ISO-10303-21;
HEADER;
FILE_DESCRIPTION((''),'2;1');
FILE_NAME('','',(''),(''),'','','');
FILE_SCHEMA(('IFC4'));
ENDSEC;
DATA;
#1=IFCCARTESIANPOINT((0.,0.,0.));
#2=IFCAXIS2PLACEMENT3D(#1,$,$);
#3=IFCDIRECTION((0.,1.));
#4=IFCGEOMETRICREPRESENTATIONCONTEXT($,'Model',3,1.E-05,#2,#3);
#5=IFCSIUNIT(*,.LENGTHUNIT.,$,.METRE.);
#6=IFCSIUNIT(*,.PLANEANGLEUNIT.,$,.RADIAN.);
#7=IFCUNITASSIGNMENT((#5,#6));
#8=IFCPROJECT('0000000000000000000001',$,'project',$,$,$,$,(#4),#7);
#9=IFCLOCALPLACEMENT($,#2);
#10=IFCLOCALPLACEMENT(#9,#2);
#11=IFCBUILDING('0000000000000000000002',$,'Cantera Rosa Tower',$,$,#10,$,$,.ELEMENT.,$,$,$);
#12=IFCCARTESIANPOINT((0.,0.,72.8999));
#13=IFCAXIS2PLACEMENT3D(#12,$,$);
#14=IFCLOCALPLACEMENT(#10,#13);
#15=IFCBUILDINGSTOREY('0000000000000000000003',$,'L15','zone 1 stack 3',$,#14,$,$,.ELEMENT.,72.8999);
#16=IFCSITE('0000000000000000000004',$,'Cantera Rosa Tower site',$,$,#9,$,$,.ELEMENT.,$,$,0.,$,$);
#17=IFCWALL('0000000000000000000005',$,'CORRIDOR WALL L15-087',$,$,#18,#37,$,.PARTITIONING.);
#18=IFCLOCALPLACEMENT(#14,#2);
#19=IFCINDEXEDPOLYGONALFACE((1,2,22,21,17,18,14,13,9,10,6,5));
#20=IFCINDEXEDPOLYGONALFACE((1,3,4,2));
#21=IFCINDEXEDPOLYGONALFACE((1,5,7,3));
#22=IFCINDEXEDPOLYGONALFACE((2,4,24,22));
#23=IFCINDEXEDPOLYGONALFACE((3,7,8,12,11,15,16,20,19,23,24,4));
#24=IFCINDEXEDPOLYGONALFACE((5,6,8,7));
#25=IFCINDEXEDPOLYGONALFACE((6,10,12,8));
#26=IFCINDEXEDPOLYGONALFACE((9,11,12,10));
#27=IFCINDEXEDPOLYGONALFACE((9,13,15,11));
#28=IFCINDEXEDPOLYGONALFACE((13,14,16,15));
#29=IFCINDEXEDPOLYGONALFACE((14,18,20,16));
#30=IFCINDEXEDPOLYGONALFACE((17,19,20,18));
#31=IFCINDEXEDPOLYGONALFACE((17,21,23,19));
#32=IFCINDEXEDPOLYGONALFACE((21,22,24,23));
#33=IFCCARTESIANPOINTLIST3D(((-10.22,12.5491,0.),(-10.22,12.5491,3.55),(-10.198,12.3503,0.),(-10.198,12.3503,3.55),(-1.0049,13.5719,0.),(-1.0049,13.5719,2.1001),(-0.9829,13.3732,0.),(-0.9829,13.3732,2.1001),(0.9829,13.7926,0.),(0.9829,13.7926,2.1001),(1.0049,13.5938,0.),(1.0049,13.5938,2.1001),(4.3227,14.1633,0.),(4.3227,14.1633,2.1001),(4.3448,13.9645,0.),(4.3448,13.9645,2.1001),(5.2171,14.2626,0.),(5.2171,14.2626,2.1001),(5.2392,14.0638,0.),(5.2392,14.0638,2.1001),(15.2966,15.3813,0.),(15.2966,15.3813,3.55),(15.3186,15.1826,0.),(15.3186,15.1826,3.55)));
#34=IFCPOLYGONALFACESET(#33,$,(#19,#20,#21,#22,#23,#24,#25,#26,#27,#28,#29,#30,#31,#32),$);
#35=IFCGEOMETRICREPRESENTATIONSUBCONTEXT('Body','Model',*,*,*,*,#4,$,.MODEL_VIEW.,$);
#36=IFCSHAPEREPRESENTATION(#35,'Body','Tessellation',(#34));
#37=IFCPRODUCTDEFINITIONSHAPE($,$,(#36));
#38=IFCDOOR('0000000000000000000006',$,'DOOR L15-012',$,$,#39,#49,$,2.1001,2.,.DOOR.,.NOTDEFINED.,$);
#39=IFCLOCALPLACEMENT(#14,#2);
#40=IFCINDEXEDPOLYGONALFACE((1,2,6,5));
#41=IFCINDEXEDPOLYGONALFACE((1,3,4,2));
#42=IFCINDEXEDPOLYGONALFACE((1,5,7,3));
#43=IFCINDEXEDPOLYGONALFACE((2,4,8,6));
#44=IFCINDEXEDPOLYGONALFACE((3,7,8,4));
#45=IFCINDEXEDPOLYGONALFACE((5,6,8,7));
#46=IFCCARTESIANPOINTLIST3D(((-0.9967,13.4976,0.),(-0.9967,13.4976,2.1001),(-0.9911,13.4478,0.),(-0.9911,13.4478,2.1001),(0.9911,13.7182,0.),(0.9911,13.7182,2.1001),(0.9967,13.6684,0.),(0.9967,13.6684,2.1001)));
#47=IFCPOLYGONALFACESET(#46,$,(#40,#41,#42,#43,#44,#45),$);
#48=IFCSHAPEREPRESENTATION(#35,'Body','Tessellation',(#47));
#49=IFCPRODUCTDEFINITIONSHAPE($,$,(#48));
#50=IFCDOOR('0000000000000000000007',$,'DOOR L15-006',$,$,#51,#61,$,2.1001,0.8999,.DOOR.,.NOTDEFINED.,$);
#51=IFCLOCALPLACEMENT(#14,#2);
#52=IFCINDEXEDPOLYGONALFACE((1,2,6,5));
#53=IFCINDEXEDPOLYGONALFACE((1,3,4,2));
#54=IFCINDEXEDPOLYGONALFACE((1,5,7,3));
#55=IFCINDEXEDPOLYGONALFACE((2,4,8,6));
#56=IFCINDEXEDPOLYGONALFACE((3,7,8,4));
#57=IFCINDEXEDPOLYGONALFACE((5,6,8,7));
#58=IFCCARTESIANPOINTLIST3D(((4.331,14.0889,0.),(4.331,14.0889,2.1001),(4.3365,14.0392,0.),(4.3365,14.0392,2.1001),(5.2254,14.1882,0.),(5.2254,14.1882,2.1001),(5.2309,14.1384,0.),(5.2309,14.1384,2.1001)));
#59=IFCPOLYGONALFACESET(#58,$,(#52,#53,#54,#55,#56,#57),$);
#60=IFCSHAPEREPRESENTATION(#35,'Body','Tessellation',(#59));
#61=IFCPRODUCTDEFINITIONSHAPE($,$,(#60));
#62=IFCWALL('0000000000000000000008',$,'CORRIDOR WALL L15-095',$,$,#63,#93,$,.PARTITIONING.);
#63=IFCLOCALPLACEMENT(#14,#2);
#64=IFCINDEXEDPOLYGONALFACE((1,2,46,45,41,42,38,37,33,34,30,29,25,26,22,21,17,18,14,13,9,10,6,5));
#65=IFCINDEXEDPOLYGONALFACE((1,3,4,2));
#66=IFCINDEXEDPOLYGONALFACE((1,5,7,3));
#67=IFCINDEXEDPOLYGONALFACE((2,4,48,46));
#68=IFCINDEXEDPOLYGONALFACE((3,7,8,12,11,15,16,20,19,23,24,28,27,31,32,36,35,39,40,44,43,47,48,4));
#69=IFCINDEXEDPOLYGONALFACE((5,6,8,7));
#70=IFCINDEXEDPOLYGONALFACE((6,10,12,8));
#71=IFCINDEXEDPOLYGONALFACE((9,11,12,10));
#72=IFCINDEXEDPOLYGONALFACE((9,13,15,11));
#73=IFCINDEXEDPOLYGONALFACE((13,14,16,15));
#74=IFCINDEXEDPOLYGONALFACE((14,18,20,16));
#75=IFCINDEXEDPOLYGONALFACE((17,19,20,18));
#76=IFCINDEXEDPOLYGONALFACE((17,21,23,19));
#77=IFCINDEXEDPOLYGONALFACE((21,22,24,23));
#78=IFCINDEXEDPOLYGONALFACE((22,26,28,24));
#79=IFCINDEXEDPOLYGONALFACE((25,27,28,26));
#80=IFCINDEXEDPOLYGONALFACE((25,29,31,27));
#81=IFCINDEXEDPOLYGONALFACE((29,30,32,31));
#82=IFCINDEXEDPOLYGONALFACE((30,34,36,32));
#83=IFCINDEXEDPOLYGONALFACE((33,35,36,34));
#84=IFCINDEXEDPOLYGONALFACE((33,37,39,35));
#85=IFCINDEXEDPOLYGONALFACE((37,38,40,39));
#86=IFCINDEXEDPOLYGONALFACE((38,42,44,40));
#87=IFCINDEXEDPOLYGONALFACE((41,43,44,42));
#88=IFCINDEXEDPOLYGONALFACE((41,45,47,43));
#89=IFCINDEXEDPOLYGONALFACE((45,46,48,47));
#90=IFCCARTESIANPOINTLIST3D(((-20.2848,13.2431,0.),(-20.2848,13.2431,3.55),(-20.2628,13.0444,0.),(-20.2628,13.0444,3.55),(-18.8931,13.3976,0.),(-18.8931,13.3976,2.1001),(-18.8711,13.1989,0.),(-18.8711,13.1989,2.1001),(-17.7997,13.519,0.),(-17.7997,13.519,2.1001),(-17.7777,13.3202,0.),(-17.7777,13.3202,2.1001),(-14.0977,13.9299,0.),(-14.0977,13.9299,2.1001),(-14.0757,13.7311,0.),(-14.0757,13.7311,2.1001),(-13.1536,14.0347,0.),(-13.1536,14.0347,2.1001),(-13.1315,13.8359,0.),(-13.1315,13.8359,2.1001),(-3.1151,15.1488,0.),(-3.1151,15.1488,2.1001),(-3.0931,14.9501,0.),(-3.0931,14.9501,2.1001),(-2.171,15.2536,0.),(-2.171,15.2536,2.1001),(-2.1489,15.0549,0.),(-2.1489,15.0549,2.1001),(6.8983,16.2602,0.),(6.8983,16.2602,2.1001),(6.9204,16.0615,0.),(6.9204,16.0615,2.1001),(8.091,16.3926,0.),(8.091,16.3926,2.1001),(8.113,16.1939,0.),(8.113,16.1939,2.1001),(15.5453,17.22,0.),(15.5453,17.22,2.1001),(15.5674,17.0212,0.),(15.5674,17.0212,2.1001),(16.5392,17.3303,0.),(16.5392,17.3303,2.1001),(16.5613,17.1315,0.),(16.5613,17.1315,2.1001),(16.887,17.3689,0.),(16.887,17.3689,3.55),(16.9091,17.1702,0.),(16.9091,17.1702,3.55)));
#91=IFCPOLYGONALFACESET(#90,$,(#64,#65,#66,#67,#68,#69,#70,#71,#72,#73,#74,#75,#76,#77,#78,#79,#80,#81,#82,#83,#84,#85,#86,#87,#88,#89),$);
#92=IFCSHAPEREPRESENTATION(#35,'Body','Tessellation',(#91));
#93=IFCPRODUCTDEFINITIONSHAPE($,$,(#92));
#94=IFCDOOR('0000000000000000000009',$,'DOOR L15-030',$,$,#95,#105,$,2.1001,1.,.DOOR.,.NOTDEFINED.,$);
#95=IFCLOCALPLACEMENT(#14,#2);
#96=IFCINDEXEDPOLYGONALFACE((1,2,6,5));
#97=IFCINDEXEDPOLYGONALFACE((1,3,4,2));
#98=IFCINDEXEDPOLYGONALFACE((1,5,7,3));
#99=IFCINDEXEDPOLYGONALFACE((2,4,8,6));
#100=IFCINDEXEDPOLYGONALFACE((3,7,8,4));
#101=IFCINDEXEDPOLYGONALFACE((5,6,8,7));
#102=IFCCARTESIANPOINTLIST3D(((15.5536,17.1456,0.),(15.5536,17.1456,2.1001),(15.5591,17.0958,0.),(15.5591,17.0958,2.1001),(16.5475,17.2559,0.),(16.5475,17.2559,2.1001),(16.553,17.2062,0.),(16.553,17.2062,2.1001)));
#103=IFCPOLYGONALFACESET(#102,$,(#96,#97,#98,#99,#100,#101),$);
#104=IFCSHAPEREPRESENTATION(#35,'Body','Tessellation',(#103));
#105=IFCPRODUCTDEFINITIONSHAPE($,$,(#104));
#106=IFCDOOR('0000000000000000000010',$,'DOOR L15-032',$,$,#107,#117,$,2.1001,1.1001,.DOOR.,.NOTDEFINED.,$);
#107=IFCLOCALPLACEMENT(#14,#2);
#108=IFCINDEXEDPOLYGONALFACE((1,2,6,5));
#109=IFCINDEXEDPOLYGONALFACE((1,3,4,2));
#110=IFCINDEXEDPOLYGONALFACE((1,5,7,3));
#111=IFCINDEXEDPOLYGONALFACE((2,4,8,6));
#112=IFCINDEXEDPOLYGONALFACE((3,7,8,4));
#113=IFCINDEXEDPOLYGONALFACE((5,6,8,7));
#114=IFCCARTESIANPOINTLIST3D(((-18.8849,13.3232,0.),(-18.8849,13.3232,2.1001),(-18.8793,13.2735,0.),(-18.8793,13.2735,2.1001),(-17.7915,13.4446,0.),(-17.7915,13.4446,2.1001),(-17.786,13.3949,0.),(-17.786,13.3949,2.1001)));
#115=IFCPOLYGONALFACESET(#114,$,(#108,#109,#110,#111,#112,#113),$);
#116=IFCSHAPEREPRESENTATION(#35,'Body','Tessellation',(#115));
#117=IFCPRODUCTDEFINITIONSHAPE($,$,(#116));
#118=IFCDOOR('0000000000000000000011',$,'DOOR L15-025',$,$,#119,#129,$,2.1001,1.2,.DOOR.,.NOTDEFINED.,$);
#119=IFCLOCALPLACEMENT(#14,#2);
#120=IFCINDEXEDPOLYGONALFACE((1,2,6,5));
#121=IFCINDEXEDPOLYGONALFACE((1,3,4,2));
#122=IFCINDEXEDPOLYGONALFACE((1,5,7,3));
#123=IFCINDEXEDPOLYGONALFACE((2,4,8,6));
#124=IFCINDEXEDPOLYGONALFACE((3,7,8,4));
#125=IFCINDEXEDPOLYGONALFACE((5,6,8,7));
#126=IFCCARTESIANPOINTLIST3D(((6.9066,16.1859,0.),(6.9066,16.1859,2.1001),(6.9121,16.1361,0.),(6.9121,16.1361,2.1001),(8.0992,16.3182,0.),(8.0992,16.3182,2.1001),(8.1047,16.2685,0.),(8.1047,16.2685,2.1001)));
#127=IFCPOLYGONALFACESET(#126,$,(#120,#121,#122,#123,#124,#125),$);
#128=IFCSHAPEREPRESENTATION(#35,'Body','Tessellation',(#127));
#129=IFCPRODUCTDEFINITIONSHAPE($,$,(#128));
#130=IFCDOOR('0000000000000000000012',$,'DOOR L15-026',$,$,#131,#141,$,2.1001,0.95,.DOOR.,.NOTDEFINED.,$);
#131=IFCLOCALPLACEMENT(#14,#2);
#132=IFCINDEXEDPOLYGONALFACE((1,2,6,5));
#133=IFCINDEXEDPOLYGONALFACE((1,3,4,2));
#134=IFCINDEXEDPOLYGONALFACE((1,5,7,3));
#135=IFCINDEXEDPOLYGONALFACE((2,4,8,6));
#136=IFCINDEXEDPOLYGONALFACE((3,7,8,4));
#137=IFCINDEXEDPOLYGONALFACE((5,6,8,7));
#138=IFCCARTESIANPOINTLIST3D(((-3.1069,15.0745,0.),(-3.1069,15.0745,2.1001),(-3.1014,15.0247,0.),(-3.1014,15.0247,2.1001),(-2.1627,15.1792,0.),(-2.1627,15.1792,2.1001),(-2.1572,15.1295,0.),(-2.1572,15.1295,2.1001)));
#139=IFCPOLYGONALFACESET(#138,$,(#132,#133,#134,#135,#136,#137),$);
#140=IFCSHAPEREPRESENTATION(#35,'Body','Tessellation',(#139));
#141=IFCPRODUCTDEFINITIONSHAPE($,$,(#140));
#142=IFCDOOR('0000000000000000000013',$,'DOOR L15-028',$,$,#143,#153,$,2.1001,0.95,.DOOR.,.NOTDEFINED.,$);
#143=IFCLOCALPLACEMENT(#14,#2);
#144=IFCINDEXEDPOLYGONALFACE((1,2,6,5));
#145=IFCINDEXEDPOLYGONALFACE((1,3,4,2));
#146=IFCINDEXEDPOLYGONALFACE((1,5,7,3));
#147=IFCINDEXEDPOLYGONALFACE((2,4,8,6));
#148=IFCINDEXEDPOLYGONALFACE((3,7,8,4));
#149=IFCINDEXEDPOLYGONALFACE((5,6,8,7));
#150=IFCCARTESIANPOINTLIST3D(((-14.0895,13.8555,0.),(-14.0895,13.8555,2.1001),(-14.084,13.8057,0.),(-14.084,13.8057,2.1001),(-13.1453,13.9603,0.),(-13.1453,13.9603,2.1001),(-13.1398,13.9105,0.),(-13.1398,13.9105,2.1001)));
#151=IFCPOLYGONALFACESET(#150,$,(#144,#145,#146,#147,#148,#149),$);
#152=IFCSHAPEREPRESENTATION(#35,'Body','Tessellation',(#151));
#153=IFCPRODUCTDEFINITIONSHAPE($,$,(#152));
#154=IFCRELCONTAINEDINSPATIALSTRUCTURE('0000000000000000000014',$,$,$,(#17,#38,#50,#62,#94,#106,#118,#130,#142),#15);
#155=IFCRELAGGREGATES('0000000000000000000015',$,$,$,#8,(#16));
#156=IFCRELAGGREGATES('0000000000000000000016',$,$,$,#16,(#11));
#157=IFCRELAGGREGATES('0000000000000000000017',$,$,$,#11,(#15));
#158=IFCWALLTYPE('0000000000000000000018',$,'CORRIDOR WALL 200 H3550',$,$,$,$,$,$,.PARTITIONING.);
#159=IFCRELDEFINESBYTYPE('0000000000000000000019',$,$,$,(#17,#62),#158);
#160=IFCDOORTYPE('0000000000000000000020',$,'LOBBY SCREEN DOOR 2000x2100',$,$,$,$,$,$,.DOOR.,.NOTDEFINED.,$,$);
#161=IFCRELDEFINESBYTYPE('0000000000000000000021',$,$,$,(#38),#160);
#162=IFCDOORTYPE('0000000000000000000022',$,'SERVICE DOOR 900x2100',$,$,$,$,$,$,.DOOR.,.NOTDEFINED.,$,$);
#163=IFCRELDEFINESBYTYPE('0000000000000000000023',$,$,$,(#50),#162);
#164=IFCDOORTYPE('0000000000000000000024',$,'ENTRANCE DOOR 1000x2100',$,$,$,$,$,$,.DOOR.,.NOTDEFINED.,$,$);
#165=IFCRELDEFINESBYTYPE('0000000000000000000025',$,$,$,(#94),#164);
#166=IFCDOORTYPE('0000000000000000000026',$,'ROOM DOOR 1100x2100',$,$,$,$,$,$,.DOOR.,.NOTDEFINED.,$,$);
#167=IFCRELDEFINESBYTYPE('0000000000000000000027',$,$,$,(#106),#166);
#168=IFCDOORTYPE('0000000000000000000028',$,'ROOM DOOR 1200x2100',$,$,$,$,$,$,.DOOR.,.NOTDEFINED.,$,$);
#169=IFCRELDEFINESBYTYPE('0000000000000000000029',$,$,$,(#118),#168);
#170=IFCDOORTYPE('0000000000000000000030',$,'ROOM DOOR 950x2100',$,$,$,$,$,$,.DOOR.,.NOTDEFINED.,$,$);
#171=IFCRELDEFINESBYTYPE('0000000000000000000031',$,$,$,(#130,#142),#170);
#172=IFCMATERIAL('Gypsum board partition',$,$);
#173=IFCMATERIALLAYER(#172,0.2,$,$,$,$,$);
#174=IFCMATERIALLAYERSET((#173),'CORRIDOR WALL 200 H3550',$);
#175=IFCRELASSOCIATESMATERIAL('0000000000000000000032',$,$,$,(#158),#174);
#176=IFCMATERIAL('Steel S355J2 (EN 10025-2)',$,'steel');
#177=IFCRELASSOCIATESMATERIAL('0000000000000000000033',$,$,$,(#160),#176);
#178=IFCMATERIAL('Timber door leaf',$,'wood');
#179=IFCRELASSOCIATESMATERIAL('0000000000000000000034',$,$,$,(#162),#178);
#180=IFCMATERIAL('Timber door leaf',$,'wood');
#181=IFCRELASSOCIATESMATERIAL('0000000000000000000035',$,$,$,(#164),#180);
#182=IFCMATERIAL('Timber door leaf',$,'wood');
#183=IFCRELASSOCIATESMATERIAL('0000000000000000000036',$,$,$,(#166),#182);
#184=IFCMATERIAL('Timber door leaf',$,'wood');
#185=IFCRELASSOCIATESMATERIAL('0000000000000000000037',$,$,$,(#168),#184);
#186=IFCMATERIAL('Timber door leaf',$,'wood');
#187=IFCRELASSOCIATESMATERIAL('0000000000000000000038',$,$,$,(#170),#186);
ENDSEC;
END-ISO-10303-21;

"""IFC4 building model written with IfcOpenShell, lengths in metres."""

from ifc_helpers import new_model, si_unit, direction, frame, frame_2d, origin, place, context, subcontext, project, spatial, rectangle, extrude, material, layer, layer_set, type_object, element, fill, save


model = new_model("IFC4")

# Units and contexts
model_context = context("Model", 3, precision=1e-05, world=origin(), true_north=direction((0.0, 1.0)))
body_context = subcontext(model_context, "Body", "Model", "MODEL_VIEW")
ifc_project = project(units=[si_unit("LENGTHUNIT", "METRE"), si_unit("PLANEANGLEUNIT", "RADIAN")], contexts=[model_context])

# Site, building, storey
site_placement = place(None, origin())
site = spatial("IfcSite", under=ifc_project, at=site_placement, Name="Cantera Rosa Tower site", CompositionType="ELEMENT", RefElevation=0.0)
building_placement = place(site_placement, origin())
building = spatial("IfcBuilding", under=site, at=building_placement, Name="Cantera Rosa Tower", CompositionType="ELEMENT")
storey_placement = place(building_placement, frame((0.0, 0.0, 72.8999)))
storey = spatial("IfcBuildingStorey", under=building, at=storey_placement, Name="L15", Description="zone 1 stack 3", CompositionType="ELEMENT", Elevation=72.8999)

# Walls, openings, doors
ifc_material_1 = material(Name="Gypsum board partition")
ifc_layer_1 = layer(ifc_material_1, 0.2)
ifc_layer_set_1 = layer_set([ifc_layer_1], Name="CORRIDOR WALL 200 H3550")
wall_type_1 = type_object("IfcWallType", Name="CORRIDOR WALL 200 H3550", PredefinedType="PARTITIONING", material=ifc_layer_set_1)
wall_1_placement = place(storey_placement, frame((15.3076, 15.282, 0.0), z_axis=(0.0, 0.0, 1.0), x_axis=(-0.993896, -0.11032, 0.0)))
wall_1 = element("IfcWall", 1, at=wall_1_placement, inside=storey, type_object=wall_type_1, Name="CORRIDOR WALL L15-087", PredefinedType="PARTITIONING", context=body_context, shape_type="SweptSolid", body=[
    extrude(rectangle(XDim=25.6733, YDim=0.2, at=frame_2d((12.8367, 0.0))), origin(), (0.0, 0.0, 1.0), 3.55),
])
opening_1_placement = place(wall_1_placement, frame((10.1414, 0.0, 0.0)))
opening_1 = element("IfcOpeningElement", 2, at=opening_1_placement, cuts=wall_1, PredefinedType="OPENING", context=body_context, shape_type="SweptSolid", body=[
    extrude(rectangle(XDim=0.8999, YDim=2.1001, at=frame_2d((0.45, 1.05))), frame((0.0, 0.1099, 0.0), z_axis=(0.0, -1.0, 0.0), x_axis=(1.0, 0.0, 0.0)), (0.0, 0.0, 1.0), 0.22),
])
opening_2_placement = place(wall_1_placement, frame((14.4016, 0.0, 0.0)))
opening_2 = element("IfcOpeningElement", 3, at=opening_2_placement, cuts=wall_1, PredefinedType="OPENING", context=body_context, shape_type="SweptSolid", body=[
    extrude(rectangle(XDim=2.0, YDim=2.1001, at=frame_2d((1.0, 1.05))), frame((0.0, 0.1099, 0.0), z_axis=(0.0, -1.0, 0.0), x_axis=(1.0, 0.0, 0.0)), (0.0, 0.0, 1.0), 0.22),
])
ifc_material_2 = material(Name="Steel S355J2 (EN 10025-2)", Category="steel")
door_type_1 = type_object("IfcDoorType", Name="LOBBY SCREEN DOOR 2000x2100", OperationType="NOTDEFINED", PredefinedType="DOOR", material=ifc_material_2)
door_1_placement = place(opening_2_placement, origin())
door_1 = element("IfcDoor", 4, at=door_1_placement, inside=storey, type_object=door_type_1, Name="DOOR L15-012", OperationType="NOTDEFINED", OverallHeight=2.1001, OverallWidth=2.0, PredefinedType="DOOR", context=body_context, shape_type="SweptSolid", body=[
    extrude(rectangle(XDim=2.0, YDim=2.1001, at=frame_2d((1.0, 1.05))), frame((0.0, 0.0249, 0.0), z_axis=(0.0, -1.0, 0.0), x_axis=(1.0, 0.0, 0.0)), (0.0, 0.0, 1.0), 0.05),
])
fill(opening_2, door_1)
ifc_material_3 = material(Name="Timber door leaf", Category="wood")
door_type_2 = type_object("IfcDoorType", Name="SERVICE DOOR 900x2100", OperationType="NOTDEFINED", PredefinedType="DOOR", material=ifc_material_3)
door_2_placement = place(opening_1_placement, origin())
door_2 = element("IfcDoor", 5, at=door_2_placement, inside=storey, type_object=door_type_2, Name="DOOR L15-006", OperationType="NOTDEFINED", OverallHeight=2.1001, OverallWidth=0.8999, PredefinedType="DOOR", context=body_context, shape_type="SweptSolid", body=[
    extrude(rectangle(XDim=0.8999, YDim=2.1001, at=frame_2d((0.45, 1.05))), frame((0.0, 0.0249, 0.0), z_axis=(0.0, -1.0, 0.0), x_axis=(1.0, 0.0, 0.0)), (0.0, 0.0, 1.0), 0.05),
])
fill(opening_1, door_2)
wall_2_placement = place(storey_placement, frame((16.8982, 17.2695, 0.0), z_axis=(0.0, 0.0, 1.0), x_axis=(-0.993897, -0.110313, 0.0)))
wall_2 = element("IfcWall", 6, at=wall_2_placement, inside=storey, type_object=wall_type_1, Name="CORRIDOR WALL L15-095", PredefinedType="PARTITIONING", context=body_context, shape_type="SweptSolid", body=[
    extrude(rectangle(XDim=37.4001, YDim=0.2, at=frame_2d((18.7002, 0.0))), origin(), (0.0, 0.0, 1.0), 3.55),
])
opening_3_placement = place(wall_2_placement, frame((8.8501, 0.0, 0.0)))
opening_3 = element("IfcOpeningElement", 7, at=opening_3_placement, cuts=wall_2, PredefinedType="OPENING", context=body_context, shape_type="SweptSolid", body=[
    extrude(rectangle(XDim=1.2, YDim=2.1001, at=frame_2d((0.6001, 1.05))), frame((0.0, 0.1099, 0.0), z_axis=(0.0, -1.0, 0.0), x_axis=(1.0, 0.0, 0.0)), (0.0, 0.0, 1.0), 0.22),
])
opening_4_placement = place(wall_2_placement, frame((19.175, 0.0, 0.0)))
opening_4 = element("IfcOpeningElement", 8, at=opening_4_placement, cuts=wall_2, PredefinedType="OPENING", context=body_context, shape_type="SweptSolid", body=[
    extrude(rectangle(XDim=0.95, YDim=2.1001, at=frame_2d((0.4751, 1.05))), frame((0.0, 0.1099, 0.0), z_axis=(0.0, -1.0, 0.0), x_axis=(1.0, 0.0, 0.0)), (0.0, 0.0, 1.0), 0.22),
])
opening_5_placement = place(wall_2_placement, frame((30.2251, 0.0, 0.0)))
opening_5 = element("IfcOpeningElement", 9, at=opening_5_placement, cuts=wall_2, PredefinedType="OPENING", context=body_context, shape_type="SweptSolid", body=[
    extrude(rectangle(XDim=0.95, YDim=2.1001, at=frame_2d((0.4751, 1.05))), frame((0.0, 0.1099, 0.0), z_axis=(0.0, -1.0, 0.0), x_axis=(1.0, 0.0, 0.0)), (0.0, 0.0, 1.0), 0.22),
])
opening_6_placement = place(wall_2_placement, frame((0.3501, 0.0, 0.0)))
opening_6 = element("IfcOpeningElement", 10, at=opening_6_placement, cuts=wall_2, PredefinedType="OPENING", context=body_context, shape_type="SweptSolid", body=[
    extrude(rectangle(XDim=1.0, YDim=2.1001, at=frame_2d((0.5, 1.05))), frame((0.0, 0.1099, 0.0), z_axis=(0.0, -1.0, 0.0), x_axis=(1.0, 0.0, 0.0)), (0.0, 0.0, 1.0), 0.22),
])
opening_7_placement = place(wall_2_placement, frame((34.8999, 0.0, 0.0)))
opening_7 = element("IfcOpeningElement", 11, at=opening_7_placement, cuts=wall_2, PredefinedType="OPENING", context=body_context, shape_type="SweptSolid", body=[
    extrude(rectangle(XDim=1.1001, YDim=2.1001, at=frame_2d((0.55, 1.05))), frame((0.0, 0.1099, 0.0), z_axis=(0.0, -1.0, 0.0), x_axis=(1.0, 0.0, 0.0)), (0.0, 0.0, 1.0), 0.22),
])
ifc_material_4 = material(Name="Timber door leaf", Category="wood")
door_type_3 = type_object("IfcDoorType", Name="ENTRANCE DOOR 1000x2100", OperationType="NOTDEFINED", PredefinedType="DOOR", material=ifc_material_4)
door_3_placement = place(opening_6_placement, origin())
door_3 = element("IfcDoor", 12, at=door_3_placement, inside=storey, type_object=door_type_3, Name="DOOR L15-030", OperationType="NOTDEFINED", OverallHeight=2.1001, OverallWidth=1.0, PredefinedType="DOOR", context=body_context, shape_type="SweptSolid", body=[
    extrude(rectangle(XDim=1.0, YDim=2.1001, at=frame_2d((0.5, 1.05))), frame((0.0, 0.0249, 0.0), z_axis=(0.0, -1.0, 0.0), x_axis=(1.0, 0.0, 0.0)), (0.0, 0.0, 1.0), 0.05),
])
fill(opening_6, door_3)
ifc_material_5 = material(Name="Timber door leaf", Category="wood")
door_type_4 = type_object("IfcDoorType", Name="ROOM DOOR 1100x2100", OperationType="NOTDEFINED", PredefinedType="DOOR", material=ifc_material_5)
door_4_placement = place(opening_7_placement, origin())
door_4 = element("IfcDoor", 13, at=door_4_placement, inside=storey, type_object=door_type_4, Name="DOOR L15-032", OperationType="NOTDEFINED", OverallHeight=2.1001, OverallWidth=1.1001, PredefinedType="DOOR", context=body_context, shape_type="SweptSolid", body=[
    extrude(rectangle(XDim=1.1001, YDim=2.1001, at=frame_2d((0.55, 1.05))), frame((0.0, 0.0249, 0.0), z_axis=(0.0, -1.0, 0.0), x_axis=(1.0, 0.0, 0.0)), (0.0, 0.0, 1.0), 0.05),
])
fill(opening_7, door_4)
ifc_material_6 = material(Name="Timber door leaf", Category="wood")
door_type_5 = type_object("IfcDoorType", Name="ROOM DOOR 1200x2100", OperationType="NOTDEFINED", PredefinedType="DOOR", material=ifc_material_6)
door_5_placement = place(opening_3_placement, origin())
door_5 = element("IfcDoor", 14, at=door_5_placement, inside=storey, type_object=door_type_5, Name="DOOR L15-025", OperationType="NOTDEFINED", OverallHeight=2.1001, OverallWidth=1.2, PredefinedType="DOOR", context=body_context, shape_type="SweptSolid", body=[
    extrude(rectangle(XDim=1.2, YDim=2.1001, at=frame_2d((0.6001, 1.05))), frame((0.0, 0.0249, 0.0), z_axis=(0.0, -1.0, 0.0), x_axis=(1.0, 0.0, 0.0)), (0.0, 0.0, 1.0), 0.05),
])
fill(opening_3, door_5)
ifc_material_7 = material(Name="Timber door leaf", Category="wood")
door_type_6 = type_object("IfcDoorType", Name="ROOM DOOR 950x2100", OperationType="NOTDEFINED", PredefinedType="DOOR", material=ifc_material_7)
door_6_placement = place(opening_4_placement, origin())
door_6 = element("IfcDoor", 15, at=door_6_placement, inside=storey, type_object=door_type_6, Name="DOOR L15-026", OperationType="NOTDEFINED", OverallHeight=2.1001, OverallWidth=0.95, PredefinedType="DOOR", context=body_context, shape_type="SweptSolid", body=[
    extrude(rectangle(XDim=0.95, YDim=2.1001, at=frame_2d((0.4751, 1.05))), frame((0.0, 0.0249, 0.0), z_axis=(0.0, -1.0, 0.0), x_axis=(1.0, 0.0, 0.0)), (0.0, 0.0, 1.0), 0.05),
])
fill(opening_4, door_6)
door_7_placement = place(opening_5_placement, origin())
door_7 = element("IfcDoor", 16, at=door_7_placement, inside=storey, type_object=door_type_6, Name="DOOR L15-028", OperationType="NOTDEFINED", OverallHeight=2.1001, OverallWidth=0.95, PredefinedType="DOOR", context=body_context, shape_type="SweptSolid", body=[
    extrude(rectangle(XDim=0.95, YDim=2.1001, at=frame_2d((0.4751, 1.05))), frame((0.0, 0.0249, 0.0), z_axis=(0.0, -1.0, 0.0), x_axis=(1.0, 0.0, 0.0)), (0.0, 0.0, 1.0), 0.05),
])
fill(opening_5, door_7)

save(model, "model.ifc")
